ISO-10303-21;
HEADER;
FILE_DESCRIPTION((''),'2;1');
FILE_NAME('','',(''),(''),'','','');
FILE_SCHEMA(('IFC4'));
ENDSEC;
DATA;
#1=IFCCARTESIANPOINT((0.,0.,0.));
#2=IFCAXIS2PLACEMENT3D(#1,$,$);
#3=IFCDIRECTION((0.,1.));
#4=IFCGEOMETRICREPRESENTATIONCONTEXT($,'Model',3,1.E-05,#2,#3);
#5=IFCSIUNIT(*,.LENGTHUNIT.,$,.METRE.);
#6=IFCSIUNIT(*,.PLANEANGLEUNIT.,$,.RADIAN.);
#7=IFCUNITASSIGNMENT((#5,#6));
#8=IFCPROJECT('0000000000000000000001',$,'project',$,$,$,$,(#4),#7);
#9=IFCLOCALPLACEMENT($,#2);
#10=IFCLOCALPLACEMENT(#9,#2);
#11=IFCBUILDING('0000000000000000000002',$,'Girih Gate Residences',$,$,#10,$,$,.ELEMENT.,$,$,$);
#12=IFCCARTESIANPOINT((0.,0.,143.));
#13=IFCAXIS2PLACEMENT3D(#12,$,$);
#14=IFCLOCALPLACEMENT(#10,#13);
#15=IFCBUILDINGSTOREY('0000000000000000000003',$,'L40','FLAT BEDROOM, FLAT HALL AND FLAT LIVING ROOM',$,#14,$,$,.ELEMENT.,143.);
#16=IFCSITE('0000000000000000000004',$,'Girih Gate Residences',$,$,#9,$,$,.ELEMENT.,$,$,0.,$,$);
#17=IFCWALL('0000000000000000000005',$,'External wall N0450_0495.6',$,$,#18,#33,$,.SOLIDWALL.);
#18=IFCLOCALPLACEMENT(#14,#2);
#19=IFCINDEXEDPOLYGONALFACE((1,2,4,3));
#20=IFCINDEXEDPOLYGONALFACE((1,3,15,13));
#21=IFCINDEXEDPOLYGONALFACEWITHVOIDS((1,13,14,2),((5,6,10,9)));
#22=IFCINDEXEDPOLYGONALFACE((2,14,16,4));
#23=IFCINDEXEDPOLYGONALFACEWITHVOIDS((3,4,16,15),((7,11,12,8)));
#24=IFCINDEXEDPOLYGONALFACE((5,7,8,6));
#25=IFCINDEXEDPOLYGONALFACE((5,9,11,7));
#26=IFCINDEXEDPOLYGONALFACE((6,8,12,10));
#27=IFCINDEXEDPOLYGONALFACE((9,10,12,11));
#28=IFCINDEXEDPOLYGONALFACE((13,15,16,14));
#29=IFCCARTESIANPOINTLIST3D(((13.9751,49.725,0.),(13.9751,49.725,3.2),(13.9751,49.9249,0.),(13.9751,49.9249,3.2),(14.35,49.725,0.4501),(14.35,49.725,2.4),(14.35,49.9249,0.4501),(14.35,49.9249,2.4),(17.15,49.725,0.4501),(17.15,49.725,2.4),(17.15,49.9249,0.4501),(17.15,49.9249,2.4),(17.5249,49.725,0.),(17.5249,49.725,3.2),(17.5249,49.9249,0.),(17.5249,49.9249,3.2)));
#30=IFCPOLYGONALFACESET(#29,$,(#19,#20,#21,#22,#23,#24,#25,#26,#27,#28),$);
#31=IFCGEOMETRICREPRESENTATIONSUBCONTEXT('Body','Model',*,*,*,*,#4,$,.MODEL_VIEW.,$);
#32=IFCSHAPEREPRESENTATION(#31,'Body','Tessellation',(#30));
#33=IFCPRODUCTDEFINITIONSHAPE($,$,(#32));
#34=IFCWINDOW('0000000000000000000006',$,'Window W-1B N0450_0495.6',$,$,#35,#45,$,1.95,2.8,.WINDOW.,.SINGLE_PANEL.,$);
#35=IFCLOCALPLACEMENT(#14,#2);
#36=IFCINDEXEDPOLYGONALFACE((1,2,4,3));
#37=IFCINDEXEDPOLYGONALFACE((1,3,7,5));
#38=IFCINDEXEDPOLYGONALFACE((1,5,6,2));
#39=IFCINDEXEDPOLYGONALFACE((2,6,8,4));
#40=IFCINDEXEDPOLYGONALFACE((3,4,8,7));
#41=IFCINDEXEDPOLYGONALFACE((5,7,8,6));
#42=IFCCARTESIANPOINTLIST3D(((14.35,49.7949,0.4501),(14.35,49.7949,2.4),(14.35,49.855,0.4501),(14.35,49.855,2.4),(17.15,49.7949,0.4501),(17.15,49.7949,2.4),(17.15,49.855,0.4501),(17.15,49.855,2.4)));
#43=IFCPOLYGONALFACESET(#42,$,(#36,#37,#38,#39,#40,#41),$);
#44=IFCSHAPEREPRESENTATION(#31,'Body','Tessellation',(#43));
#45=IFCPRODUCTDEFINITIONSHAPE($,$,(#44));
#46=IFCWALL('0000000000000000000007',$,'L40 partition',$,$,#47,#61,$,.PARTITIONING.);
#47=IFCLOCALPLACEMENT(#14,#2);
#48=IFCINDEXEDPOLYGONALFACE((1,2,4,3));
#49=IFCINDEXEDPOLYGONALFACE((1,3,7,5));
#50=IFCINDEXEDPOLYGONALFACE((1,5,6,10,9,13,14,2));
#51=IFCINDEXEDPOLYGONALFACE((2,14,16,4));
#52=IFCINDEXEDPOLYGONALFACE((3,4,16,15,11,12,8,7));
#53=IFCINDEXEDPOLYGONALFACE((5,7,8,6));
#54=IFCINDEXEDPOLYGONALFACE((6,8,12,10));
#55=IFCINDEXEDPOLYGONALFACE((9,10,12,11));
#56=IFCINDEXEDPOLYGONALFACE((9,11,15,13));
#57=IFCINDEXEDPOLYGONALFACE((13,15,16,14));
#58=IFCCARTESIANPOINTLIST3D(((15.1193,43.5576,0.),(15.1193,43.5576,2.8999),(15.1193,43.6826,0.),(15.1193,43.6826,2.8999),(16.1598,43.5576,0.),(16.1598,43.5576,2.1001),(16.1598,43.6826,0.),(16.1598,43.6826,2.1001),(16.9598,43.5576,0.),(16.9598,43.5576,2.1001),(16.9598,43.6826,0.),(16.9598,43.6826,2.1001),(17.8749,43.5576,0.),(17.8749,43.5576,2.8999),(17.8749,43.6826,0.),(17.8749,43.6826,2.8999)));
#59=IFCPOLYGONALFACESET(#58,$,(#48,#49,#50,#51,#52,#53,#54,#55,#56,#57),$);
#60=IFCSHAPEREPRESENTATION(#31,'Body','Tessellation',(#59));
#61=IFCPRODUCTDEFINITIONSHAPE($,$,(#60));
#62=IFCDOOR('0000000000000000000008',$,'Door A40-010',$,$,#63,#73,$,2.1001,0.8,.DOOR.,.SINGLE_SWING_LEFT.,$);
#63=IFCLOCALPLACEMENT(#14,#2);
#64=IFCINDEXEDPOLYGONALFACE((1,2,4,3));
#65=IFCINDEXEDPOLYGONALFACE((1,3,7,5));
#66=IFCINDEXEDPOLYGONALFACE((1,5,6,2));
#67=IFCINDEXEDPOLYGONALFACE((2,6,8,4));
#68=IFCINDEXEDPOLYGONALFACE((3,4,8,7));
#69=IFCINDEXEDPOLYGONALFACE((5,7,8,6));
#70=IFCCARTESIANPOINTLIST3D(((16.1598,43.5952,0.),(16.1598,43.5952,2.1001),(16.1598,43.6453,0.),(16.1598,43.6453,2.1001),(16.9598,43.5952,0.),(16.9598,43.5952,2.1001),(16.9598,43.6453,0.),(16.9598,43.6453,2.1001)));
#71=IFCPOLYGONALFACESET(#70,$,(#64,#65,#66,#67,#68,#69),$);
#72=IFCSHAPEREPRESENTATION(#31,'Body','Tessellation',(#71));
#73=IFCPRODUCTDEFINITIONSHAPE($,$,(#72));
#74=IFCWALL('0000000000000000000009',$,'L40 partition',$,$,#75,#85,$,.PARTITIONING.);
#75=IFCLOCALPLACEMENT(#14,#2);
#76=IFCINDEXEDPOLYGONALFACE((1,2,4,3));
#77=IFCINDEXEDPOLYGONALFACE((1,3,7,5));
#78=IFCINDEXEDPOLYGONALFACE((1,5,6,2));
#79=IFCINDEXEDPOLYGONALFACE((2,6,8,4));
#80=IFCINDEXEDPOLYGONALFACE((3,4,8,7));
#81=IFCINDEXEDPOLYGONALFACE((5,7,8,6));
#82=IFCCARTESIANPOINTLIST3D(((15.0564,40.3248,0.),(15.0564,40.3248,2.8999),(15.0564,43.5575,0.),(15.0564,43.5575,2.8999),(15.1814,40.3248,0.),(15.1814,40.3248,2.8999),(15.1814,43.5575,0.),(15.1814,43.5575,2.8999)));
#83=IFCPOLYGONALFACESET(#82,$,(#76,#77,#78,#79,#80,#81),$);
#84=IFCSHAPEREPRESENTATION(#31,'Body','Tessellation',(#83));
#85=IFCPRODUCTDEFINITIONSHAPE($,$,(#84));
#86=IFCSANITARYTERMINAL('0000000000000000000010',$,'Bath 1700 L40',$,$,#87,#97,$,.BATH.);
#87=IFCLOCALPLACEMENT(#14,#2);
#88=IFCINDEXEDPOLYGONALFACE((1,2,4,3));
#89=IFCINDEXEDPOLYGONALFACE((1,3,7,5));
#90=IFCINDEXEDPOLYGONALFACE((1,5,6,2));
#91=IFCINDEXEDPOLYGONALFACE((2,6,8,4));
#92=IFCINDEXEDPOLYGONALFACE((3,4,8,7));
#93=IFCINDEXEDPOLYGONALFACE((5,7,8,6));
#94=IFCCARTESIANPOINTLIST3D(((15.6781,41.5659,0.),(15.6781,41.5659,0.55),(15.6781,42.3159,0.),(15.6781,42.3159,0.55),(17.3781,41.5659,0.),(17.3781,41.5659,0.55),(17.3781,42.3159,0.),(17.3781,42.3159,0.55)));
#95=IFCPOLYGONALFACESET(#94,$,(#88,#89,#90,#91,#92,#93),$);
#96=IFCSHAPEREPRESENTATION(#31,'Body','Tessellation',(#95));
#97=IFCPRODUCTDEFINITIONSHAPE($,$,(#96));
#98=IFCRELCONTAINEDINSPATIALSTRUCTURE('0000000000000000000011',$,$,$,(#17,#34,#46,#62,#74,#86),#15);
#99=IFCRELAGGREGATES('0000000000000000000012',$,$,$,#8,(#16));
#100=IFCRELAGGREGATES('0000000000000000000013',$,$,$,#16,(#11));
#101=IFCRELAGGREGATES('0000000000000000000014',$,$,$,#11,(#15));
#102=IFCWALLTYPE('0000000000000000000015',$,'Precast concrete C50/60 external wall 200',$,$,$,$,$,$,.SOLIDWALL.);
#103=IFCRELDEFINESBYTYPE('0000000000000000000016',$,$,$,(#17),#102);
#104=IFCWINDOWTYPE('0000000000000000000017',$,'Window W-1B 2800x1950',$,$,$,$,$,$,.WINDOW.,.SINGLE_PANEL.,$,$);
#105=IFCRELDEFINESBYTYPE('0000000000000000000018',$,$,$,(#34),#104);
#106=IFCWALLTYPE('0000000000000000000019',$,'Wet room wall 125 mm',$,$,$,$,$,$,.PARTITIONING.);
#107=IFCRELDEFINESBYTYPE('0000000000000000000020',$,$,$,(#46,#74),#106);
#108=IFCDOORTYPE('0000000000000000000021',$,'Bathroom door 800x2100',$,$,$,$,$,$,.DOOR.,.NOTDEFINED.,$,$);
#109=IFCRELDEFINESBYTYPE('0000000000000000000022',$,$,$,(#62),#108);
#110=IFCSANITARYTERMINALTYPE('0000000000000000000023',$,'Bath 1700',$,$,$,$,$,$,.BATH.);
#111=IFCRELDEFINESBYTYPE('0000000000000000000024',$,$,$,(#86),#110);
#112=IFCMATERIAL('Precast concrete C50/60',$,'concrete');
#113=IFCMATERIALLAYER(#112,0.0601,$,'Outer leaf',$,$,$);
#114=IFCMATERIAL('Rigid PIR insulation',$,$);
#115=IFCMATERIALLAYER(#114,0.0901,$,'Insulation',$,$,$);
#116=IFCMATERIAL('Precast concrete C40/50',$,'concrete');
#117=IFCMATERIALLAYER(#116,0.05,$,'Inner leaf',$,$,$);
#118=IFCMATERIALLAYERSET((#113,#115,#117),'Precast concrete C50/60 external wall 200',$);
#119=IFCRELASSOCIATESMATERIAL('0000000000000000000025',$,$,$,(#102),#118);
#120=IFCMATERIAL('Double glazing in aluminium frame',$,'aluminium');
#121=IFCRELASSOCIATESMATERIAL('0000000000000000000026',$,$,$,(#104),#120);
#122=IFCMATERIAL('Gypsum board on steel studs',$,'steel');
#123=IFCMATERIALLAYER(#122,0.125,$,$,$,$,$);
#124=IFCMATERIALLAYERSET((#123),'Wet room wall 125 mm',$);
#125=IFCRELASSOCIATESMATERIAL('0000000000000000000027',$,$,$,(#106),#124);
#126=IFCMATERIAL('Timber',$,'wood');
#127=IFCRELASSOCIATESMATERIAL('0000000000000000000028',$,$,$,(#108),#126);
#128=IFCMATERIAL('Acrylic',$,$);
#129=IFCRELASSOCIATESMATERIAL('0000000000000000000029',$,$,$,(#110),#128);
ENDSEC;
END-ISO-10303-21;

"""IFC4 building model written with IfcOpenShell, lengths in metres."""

from ifc_helpers import new_model, si_unit, direction, frame, frame_2d, origin, origin_2d, place, context, subcontext, project, spatial, rectangle, extrude, material, layer, layer_set, type_object, element, fill, save


model = new_model("IFC4")

# Units and contexts
model_context = context("Model", 3, precision=1e-05, world=origin(), true_north=direction((0.0, 1.0)))
body_context = subcontext(model_context, "Body", "Model", "MODEL_VIEW")
ifc_project = project(units=[si_unit("LENGTHUNIT", "METRE"), si_unit("PLANEANGLEUNIT", "RADIAN")], contexts=[model_context])

# Site, building, storey
site_placement = place(None, origin())
site = spatial("IfcSite", under=ifc_project, at=site_placement, Name="Girih Gate Residences", CompositionType="ELEMENT", RefElevation=0.0)
building_placement = place(site_placement, origin())
building = spatial("IfcBuilding", under=site, at=building_placement, Name="Girih Gate Residences", CompositionType="ELEMENT")
storey_placement = place(building_placement, frame((0.0, 0.0, 143.0)))
storey = spatial("IfcBuildingStorey", under=building, at=storey_placement, Name="L40", Description="FLAT BEDROOM, FLAT HALL AND FLAT LIVING ROOM", CompositionType="ELEMENT", Elevation=143.0)

# Shared definitions
ifc_material_1 = material(Name="Gypsum board on steel studs", Category="steel")

# Shared definitions
ifc_material_2 = material(Name="Timber", Category="wood")

# Wall, opening, window
ifc_material_3 = material(Name="Precast concrete C50/60", Category="concrete")
ifc_layer_1 = layer(ifc_material_3, 0.0601, Name="Outer leaf")
ifc_material_4 = material(Name="Rigid PIR insulation")
ifc_layer_2 = layer(ifc_material_4, 0.0901, Name="Insulation")
ifc_material_5 = material(Name="Precast concrete C40/50", Category="concrete")
ifc_layer_3 = layer(ifc_material_5, 0.05, Name="Inner leaf")
ifc_layer_set_1 = layer_set([ifc_layer_1, ifc_layer_2, ifc_layer_3], Name="Precast concrete C50/60 external wall 200")
wall_type_1 = type_object("IfcWallType", Name="Precast concrete C50/60 external wall 200", PredefinedType="SOLIDWALL", material=ifc_layer_set_1)
ifc_material_6 = material(Name="Double glazing in aluminium frame", Category="aluminium")
window_type = type_object("IfcWindowType", Name="Window W-1B 2800x1950", PartitioningType="SINGLE_PANEL", PredefinedType="WINDOW", material=ifc_material_6)
wall_1_placement = place(storey_placement, frame((13.9751, 49.825, 0.0), z_axis=(0.0, 0.0, 1.0), x_axis=(1.0, 0.0, 0.0)))
wall_1 = element("IfcWall", 1, at=wall_1_placement, inside=storey, type_object=wall_type_1, Name="External wall N0450_0495.6", PredefinedType="SOLIDWALL", context=body_context, shape_type="SweptSolid", body=[
    extrude(rectangle(XDim=3.5498, YDim=0.2, at=frame_2d((1.7749, 0.0))), origin(), (0.0, 0.0, 1.0), 3.2),
])
opening_1_placement = place(wall_1_placement, frame((0.375, 0.0, 0.45)))
opening_1 = element("IfcOpeningElement", 2, at=opening_1_placement, cuts=wall_1, PredefinedType="OPENING", context=body_context, shape_type="SweptSolid", body=[
    extrude(rectangle(XDim=2.8, YDim=1.95, at=frame_2d((1.3999, 0.9751))), frame((0.0, 0.1099, 0.0), z_axis=(0.0, -1.0, 0.0), x_axis=(1.0, 0.0, 0.0)), (0.0, 0.0, 1.0), 0.22),
])
window_1_placement = place(opening_1_placement, origin())
window_1 = element("IfcWindow", 3, at=window_1_placement, inside=storey, type_object=window_type, Name="Window W-1B N0450_0495.6", OverallHeight=1.95, OverallWidth=2.8, PartitioningType="SINGLE_PANEL", PredefinedType="WINDOW", context=body_context, shape_type="SweptSolid", body=[
    extrude(rectangle(XDim=2.8, YDim=1.95, at=frame_2d((1.3999, 0.9751))), frame((0.0, 0.03, 0.0), z_axis=(0.0, -1.0, 0.0), x_axis=(1.0, 0.0, 0.0)), (0.0, 0.0, 1.0), 0.0601),
])
fill(opening_1, window_1)

# Wall, opening, door
ifc_layer_4 = layer(ifc_material_1, 0.125)
ifc_layer_set_2 = layer_set([ifc_layer_4], Name="Wet room wall 125 mm")
wall_type_2 = type_object("IfcWallType", Name="Wet room wall 125 mm", PredefinedType="PARTITIONING", material=ifc_layer_set_2)
wall_2_placement = place(storey_placement, frame((17.875, 43.6201, 0.0), z_axis=(0.0, 0.0, 1.0), x_axis=(-1.0, 0.0, 0.0)))
wall_2 = element("IfcWall", 4, at=wall_2_placement, inside=storey, type_object=wall_type_2, Name="L40 partition", PredefinedType="PARTITIONING", context=body_context, shape_type="SweptSolid", body=[
    extrude(rectangle(XDim=2.7556, YDim=0.125, at=frame_2d((1.3779, 0.0))), origin(), (0.0, 0.0, 1.0), 2.8999),
])
opening_2_placement = place(wall_2_placement, frame((0.9153, 0.0, 0.0)))
opening_2 = element("IfcOpeningElement", 5, at=opening_2_placement, cuts=wall_2, PredefinedType="OPENING", context=body_context, shape_type="SweptSolid", body=[
    extrude(rectangle(XDim=0.8, YDim=2.1001, at=frame_2d((0.3999, 1.05))), frame((0.0, 0.0725, 0.0), z_axis=(0.0, -1.0, 0.0), x_axis=(1.0, 0.0, 0.0)), (0.0, 0.0, 1.0), 0.145),
])
door_type_1 = type_object("IfcDoorType", Name="Bathroom door 800x2100", OperationType="NOTDEFINED", PredefinedType="DOOR", material=ifc_material_2)
door_1_placement = place(opening_2_placement, origin())
door_1 = element("IfcDoor", 6, at=door_1_placement, inside=storey, type_object=door_type_1, Name="Door A40-010", OperationType="SINGLE_SWING_LEFT", OverallHeight=2.1001, OverallWidth=0.8, PredefinedType="DOOR", context=body_context, shape_type="SweptSolid", body=[
    extrude(rectangle(XDim=0.8, YDim=2.1001, at=frame_2d((0.3999, 1.05))), frame((0.0, 0.0249, 0.0), z_axis=(0.0, -1.0, 0.0), x_axis=(1.0, 0.0, 0.0)), (0.0, 0.0, 1.0), 0.05),
])
fill(opening_2, door_1)

# Wall
wall_3_placement = place(storey_placement, frame((15.1189, 40.325, 0.0), z_axis=(0.0, 0.0, 1.0), x_axis=(0.0, 1.0, 0.0)))
element("IfcWall", 7, at=wall_3_placement, inside=storey, type_object=wall_type_2, Name="L40 partition", PredefinedType="PARTITIONING", context=body_context, shape_type="SweptSolid", body=[
    extrude(rectangle(XDim=3.2327, YDim=0.125, at=frame_2d((1.6162, 0.0))), origin(), (0.0, 0.0, 1.0), 2.8999),
])

# Sanitary terminal
ifc_material_7 = material(Name="Acrylic")
sanitary_terminal_type = type_object("IfcSanitaryTerminalType", Name="Bath 1700", PredefinedType="BATH", material=ifc_material_7)
sanitary_terminal_placement = place(storey_placement, frame((16.5281, 41.9409, 0.0), z_axis=(0.0, 0.0, 1.0), x_axis=(1.0, 0.0, 0.0)))
element("IfcSanitaryTerminal", 8, at=sanitary_terminal_placement, inside=storey, type_object=sanitary_terminal_type, Name="Bath 1700 L40", PredefinedType="BATH", context=body_context, shape_type="SweptSolid", body=[
    extrude(rectangle(XDim=1.7, YDim=0.75, at=origin_2d()), origin(), (0.0, 0.0, 1.0), 0.55),
])

save(model, "model.ifc")
